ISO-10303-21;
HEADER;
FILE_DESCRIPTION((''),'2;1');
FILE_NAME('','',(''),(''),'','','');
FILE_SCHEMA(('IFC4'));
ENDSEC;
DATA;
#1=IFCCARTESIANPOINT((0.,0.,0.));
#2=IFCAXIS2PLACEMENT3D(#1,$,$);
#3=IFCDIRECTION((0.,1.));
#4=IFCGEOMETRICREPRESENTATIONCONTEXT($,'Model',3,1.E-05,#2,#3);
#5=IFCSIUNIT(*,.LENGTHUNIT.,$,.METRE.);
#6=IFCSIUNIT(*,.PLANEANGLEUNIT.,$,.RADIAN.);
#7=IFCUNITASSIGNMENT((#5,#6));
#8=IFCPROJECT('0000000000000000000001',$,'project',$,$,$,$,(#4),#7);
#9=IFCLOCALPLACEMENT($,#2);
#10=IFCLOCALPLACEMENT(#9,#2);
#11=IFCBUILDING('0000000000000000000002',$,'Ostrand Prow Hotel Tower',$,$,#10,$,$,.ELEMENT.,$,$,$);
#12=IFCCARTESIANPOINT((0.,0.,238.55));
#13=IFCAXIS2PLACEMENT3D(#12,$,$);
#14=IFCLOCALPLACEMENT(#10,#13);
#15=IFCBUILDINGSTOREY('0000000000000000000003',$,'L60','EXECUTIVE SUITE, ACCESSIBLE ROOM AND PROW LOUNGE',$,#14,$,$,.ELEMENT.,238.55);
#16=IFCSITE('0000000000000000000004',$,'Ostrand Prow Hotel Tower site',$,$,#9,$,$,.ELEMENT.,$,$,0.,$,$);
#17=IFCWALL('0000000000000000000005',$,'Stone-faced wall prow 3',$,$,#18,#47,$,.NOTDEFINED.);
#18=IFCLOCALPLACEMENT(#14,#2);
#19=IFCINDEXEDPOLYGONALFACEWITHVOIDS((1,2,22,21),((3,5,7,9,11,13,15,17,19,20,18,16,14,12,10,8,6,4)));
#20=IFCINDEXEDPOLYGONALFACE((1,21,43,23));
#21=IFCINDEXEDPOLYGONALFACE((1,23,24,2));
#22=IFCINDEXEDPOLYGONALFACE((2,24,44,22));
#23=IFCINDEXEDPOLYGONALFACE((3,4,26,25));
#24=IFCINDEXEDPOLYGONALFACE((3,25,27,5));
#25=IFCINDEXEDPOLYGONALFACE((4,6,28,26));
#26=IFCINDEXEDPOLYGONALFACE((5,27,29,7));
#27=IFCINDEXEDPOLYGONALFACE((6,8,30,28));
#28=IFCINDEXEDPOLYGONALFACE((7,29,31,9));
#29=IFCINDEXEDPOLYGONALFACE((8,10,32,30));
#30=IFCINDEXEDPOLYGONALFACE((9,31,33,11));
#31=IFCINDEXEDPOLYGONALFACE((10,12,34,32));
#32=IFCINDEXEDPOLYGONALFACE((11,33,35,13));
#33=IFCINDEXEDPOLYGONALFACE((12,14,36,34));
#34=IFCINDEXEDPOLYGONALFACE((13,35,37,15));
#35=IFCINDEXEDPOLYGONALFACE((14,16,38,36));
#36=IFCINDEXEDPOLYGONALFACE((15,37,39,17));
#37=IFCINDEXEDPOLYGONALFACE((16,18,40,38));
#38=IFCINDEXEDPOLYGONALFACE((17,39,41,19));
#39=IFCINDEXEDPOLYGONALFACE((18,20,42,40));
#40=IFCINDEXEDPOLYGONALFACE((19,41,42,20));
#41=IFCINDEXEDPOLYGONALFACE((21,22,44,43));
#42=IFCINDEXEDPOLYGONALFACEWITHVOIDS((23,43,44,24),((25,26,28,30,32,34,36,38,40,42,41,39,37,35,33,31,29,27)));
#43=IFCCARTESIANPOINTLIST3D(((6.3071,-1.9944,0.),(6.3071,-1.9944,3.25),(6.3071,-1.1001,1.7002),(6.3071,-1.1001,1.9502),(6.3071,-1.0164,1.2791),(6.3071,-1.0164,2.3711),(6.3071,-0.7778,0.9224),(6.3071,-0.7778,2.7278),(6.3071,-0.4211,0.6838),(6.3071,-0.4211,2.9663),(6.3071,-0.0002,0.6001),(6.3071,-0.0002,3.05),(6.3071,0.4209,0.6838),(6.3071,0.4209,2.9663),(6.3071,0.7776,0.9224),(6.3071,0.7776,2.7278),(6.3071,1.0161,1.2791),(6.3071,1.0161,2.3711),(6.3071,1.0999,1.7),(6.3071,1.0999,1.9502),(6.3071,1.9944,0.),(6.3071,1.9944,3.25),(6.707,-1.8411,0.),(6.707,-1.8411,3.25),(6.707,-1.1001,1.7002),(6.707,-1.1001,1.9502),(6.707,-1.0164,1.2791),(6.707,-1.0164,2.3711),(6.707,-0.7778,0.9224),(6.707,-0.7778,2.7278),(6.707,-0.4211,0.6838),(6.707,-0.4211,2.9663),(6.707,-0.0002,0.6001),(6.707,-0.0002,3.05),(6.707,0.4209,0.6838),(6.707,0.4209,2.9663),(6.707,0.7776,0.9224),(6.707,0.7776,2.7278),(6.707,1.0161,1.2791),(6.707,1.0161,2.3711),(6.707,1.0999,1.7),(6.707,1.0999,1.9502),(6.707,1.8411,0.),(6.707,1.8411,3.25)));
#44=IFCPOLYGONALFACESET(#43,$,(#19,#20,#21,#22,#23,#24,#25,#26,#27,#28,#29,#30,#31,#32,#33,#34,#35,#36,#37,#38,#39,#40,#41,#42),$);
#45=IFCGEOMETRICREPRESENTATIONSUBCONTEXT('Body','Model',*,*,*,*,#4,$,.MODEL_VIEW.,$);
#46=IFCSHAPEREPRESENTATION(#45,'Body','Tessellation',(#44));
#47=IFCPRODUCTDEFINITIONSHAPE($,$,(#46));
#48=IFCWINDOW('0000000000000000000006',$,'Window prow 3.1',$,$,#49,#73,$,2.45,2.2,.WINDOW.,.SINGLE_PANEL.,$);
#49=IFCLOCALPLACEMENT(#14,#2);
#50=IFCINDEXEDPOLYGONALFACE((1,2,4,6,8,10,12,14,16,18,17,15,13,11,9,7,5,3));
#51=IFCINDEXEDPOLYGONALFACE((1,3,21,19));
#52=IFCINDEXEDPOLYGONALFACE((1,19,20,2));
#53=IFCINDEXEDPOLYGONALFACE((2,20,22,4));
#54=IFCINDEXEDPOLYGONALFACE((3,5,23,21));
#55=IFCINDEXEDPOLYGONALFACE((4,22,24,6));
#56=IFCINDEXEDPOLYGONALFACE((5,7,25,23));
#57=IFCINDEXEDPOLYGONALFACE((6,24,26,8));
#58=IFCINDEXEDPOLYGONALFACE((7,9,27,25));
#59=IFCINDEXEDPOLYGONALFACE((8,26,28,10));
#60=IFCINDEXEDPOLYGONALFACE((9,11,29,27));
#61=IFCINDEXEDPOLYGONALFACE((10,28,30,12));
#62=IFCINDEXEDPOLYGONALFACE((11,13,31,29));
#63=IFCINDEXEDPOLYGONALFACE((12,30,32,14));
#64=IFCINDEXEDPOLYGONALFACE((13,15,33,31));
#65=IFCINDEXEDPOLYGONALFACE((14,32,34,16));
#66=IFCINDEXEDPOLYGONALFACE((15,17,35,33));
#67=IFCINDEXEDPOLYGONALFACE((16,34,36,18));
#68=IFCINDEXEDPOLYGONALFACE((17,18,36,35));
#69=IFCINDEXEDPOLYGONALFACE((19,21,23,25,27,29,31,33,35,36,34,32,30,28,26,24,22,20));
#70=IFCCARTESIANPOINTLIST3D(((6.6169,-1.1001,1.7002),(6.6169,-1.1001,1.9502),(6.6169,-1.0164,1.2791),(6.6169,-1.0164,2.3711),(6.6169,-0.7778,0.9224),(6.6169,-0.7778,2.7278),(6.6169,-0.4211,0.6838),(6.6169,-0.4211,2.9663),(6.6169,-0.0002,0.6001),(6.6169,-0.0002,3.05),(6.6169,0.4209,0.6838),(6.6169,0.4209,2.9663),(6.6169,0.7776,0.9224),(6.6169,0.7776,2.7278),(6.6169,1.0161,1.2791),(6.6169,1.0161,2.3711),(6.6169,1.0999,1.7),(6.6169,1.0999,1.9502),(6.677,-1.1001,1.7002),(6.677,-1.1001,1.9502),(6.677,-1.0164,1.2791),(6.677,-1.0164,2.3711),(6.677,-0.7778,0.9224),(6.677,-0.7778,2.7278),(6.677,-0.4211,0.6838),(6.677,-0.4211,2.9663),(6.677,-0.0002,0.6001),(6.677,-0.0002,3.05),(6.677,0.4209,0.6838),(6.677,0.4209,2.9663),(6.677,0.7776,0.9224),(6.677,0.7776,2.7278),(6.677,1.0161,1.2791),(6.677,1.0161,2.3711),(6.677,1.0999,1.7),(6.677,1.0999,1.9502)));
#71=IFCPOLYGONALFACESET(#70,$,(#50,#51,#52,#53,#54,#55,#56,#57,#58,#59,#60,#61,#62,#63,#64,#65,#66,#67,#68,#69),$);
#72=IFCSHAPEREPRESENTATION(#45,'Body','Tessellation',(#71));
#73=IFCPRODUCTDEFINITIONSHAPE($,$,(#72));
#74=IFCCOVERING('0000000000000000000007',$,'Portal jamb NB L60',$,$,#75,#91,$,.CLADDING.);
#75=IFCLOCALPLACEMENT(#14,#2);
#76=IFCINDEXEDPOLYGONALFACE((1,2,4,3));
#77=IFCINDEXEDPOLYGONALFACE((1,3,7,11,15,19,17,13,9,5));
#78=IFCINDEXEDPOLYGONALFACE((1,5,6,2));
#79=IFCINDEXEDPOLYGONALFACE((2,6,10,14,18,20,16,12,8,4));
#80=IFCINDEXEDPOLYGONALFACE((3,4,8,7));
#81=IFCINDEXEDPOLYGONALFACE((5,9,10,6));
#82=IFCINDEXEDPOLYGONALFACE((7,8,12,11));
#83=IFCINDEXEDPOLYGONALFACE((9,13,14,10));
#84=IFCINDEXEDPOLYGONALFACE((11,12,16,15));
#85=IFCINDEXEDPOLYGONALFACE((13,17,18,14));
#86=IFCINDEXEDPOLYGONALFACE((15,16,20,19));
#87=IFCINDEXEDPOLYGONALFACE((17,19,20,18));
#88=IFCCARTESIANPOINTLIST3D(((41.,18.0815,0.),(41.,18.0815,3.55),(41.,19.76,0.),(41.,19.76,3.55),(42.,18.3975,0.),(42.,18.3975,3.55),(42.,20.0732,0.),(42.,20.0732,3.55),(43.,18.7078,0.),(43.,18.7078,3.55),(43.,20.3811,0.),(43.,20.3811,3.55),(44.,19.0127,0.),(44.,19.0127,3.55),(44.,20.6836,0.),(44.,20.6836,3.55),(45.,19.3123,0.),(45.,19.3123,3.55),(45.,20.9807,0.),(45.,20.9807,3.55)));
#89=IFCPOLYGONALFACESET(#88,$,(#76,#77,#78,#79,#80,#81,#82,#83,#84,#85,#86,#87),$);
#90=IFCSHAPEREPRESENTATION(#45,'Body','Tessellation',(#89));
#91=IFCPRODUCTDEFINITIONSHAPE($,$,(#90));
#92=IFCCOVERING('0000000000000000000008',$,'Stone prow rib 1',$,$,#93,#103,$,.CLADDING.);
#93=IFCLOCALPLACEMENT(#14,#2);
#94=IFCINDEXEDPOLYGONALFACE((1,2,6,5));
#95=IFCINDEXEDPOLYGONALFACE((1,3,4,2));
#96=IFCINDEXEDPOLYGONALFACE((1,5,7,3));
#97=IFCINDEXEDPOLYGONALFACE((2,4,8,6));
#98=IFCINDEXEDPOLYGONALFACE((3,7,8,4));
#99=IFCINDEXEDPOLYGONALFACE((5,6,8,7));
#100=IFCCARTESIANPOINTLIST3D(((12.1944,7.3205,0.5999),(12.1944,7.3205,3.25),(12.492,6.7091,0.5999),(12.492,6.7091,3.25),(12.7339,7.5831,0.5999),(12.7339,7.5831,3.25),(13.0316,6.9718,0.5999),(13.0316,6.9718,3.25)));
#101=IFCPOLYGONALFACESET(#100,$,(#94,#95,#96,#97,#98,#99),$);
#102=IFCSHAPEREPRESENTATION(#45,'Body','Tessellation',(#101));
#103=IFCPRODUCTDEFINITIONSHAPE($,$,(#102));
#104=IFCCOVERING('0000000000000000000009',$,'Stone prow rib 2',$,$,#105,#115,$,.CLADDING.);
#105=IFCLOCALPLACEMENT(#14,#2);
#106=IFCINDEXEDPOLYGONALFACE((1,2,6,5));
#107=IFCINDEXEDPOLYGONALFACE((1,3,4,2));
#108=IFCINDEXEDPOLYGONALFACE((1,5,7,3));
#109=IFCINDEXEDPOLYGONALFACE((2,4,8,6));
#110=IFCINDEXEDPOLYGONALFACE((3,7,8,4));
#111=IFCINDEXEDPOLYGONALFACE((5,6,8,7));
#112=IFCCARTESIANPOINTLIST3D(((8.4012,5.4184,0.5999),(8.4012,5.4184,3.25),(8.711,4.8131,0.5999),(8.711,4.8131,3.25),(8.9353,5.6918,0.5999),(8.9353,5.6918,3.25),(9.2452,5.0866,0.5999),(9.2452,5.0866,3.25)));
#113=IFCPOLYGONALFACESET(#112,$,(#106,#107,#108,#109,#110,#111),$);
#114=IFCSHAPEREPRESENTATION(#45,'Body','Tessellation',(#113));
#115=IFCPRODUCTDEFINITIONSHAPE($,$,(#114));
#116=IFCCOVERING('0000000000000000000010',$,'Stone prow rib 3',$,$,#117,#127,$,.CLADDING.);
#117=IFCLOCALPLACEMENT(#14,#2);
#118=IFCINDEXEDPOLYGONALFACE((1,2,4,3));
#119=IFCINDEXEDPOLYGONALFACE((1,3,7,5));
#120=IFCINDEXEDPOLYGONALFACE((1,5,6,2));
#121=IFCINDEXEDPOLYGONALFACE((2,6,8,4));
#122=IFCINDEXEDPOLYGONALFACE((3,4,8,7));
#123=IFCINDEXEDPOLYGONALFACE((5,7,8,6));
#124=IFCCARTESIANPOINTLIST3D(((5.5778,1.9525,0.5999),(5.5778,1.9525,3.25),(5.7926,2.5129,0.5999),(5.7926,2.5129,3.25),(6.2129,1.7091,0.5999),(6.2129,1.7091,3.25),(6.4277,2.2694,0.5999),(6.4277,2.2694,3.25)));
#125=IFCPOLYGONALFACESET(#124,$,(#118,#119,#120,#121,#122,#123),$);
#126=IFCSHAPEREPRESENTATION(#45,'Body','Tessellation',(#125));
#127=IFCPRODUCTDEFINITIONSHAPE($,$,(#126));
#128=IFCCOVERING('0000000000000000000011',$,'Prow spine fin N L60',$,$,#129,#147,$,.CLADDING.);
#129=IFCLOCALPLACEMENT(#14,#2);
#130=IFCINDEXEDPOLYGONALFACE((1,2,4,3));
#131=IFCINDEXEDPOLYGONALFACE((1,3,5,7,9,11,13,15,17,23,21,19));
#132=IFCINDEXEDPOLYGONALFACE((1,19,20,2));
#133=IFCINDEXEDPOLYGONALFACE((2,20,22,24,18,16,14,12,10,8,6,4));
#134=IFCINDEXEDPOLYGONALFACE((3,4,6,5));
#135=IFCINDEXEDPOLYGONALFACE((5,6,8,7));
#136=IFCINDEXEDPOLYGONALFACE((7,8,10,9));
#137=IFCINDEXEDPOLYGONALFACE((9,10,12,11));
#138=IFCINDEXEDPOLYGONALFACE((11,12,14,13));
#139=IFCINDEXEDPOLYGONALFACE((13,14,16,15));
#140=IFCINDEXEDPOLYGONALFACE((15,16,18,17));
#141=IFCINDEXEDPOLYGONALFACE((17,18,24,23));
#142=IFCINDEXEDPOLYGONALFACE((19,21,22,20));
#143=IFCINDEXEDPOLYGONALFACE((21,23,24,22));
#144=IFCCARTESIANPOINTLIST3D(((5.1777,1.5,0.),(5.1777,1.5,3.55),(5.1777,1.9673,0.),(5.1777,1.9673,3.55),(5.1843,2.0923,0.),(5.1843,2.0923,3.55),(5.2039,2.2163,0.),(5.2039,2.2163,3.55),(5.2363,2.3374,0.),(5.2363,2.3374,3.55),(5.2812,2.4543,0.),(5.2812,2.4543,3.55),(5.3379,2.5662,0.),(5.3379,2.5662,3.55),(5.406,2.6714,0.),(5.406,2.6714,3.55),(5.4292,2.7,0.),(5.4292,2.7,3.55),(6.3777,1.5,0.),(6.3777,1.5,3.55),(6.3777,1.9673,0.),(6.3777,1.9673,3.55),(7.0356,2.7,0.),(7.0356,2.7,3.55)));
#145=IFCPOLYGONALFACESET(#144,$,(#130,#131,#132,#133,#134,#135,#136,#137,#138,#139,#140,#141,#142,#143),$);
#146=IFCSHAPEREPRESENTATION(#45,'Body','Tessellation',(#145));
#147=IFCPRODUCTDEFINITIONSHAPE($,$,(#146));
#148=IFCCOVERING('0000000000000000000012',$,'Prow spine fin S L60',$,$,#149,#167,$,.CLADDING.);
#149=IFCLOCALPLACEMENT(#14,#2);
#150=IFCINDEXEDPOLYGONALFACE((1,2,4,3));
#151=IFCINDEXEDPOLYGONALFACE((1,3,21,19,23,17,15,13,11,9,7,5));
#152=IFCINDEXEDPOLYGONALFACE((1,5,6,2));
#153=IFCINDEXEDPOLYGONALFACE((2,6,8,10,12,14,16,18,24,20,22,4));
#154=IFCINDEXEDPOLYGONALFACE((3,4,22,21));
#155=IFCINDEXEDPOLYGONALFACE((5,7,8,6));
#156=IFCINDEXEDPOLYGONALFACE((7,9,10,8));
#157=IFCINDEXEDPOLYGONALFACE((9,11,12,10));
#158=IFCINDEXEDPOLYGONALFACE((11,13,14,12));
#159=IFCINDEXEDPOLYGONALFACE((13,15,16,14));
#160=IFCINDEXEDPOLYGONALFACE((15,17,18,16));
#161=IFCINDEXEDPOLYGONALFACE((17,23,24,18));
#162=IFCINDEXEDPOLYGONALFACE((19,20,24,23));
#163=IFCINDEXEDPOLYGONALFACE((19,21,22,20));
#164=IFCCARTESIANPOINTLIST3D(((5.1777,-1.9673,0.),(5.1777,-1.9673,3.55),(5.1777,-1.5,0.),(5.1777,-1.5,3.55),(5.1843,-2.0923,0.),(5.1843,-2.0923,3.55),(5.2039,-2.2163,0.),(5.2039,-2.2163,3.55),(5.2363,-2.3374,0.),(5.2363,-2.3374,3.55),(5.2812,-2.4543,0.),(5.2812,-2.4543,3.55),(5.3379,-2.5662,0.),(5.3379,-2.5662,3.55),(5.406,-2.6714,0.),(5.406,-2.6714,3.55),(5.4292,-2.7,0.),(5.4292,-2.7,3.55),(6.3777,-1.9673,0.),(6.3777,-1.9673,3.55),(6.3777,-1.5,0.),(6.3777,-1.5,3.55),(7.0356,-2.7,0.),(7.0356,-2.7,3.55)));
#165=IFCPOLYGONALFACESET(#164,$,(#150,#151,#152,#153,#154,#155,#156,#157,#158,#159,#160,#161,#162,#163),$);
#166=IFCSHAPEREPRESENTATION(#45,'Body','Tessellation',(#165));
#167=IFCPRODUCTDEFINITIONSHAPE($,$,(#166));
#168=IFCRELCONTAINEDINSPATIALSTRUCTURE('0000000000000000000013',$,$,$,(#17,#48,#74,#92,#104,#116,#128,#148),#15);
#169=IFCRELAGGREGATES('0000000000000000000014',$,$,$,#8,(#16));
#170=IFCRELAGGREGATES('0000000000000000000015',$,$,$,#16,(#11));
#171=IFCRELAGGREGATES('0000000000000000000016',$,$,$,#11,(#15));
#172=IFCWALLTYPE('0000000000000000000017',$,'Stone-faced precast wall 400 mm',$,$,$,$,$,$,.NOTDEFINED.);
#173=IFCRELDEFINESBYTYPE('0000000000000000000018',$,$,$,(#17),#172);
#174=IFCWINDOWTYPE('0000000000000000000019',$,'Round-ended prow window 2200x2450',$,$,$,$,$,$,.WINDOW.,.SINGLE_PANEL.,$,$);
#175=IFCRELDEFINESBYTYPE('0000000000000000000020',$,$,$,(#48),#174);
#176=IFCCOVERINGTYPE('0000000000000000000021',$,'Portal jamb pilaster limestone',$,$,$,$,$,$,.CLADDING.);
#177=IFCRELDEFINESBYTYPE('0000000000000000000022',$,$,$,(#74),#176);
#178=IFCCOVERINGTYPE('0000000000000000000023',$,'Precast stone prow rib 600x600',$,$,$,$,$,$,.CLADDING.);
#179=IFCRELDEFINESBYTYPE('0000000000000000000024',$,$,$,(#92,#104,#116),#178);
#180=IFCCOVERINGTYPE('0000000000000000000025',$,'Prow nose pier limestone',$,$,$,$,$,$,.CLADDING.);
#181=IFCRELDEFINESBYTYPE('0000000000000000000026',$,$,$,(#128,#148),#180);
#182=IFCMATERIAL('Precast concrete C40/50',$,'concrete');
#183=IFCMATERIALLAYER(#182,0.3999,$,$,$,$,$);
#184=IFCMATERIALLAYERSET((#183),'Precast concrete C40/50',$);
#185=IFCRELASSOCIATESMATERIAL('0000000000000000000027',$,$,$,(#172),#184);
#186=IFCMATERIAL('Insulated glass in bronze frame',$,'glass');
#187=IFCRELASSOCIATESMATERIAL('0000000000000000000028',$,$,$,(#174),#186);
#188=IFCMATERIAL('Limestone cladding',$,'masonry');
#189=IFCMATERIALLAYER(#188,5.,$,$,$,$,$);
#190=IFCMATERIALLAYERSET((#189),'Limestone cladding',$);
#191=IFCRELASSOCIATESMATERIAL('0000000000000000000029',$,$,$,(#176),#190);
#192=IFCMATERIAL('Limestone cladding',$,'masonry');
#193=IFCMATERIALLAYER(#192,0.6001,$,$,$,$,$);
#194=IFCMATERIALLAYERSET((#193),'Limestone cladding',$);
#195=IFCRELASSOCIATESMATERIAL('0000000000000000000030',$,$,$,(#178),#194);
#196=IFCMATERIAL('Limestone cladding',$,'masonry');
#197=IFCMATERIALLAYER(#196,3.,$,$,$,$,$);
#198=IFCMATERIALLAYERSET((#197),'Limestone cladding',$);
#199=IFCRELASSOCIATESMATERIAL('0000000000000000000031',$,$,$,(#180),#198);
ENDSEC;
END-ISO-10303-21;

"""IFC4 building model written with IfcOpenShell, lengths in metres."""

from ifc_helpers import new_model, si_unit, direction, frame, frame_2d, origin, place, context, subcontext, project, spatial, polyline, rectangle, outline, extrude, material, layer, layer_set, type_object, element, fill, save


model = new_model("IFC4")

# Units and contexts
model_context = context("Model", 3, precision=1e-05, world=origin(), true_north=direction((0.0, 1.0)))
body_context = subcontext(model_context, "Body", "Model", "MODEL_VIEW")
ifc_project = project(units=[si_unit("LENGTHUNIT", "METRE"), si_unit("PLANEANGLEUNIT", "RADIAN")], contexts=[model_context])

# Site, building, storey
site_placement = place(None, origin())
site = spatial("IfcSite", under=ifc_project, at=site_placement, Name="Ostrand Prow Hotel Tower site", CompositionType="ELEMENT", RefElevation=0.0)
building_placement = place(site_placement, origin())
building = spatial("IfcBuilding", under=site, at=building_placement, Name="Ostrand Prow Hotel Tower", CompositionType="ELEMENT")
storey_placement = place(building_placement, frame((0.0, 0.0, 238.55)))
storey = spatial("IfcBuildingStorey", under=building, at=storey_placement, Name="L60", Description="EXECUTIVE SUITE, ACCESSIBLE ROOM AND PROW LOUNGE", CompositionType="ELEMENT", Elevation=238.55)

# Wall, opening, window
ifc_material_1 = material(Name="Precast concrete C40/50", Category="concrete")
ifc_layer_1 = layer(ifc_material_1, 0.3999)
ifc_layer_set_1 = layer_set([ifc_layer_1], Name="Precast concrete C40/50")
wall_type_1 = type_object("IfcWallType", Name="Stone-faced precast wall 400 mm", PredefinedType="NOTDEFINED", material=ifc_layer_set_1)
ifc_material_2 = material(Name="Insulated glass in bronze frame", Category="glass")
window_type = type_object("IfcWindowType", Name="Round-ended prow window 2200x2450", PartitioningType="SINGLE_PANEL", PredefinedType="WINDOW", material=ifc_material_2)
wall_1_placement = place(storey_placement, frame((6.5071, 1.9177, 0.0), z_axis=(0.0, 0.0, 1.0), x_axis=(0.0, -1.0, 0.0)))
wall_1 = element("IfcWall", 1, at=wall_1_placement, inside=storey, type_object=wall_type_1, Name="Stone-faced wall prow 3", PredefinedType="NOTDEFINED", context=body_context, shape_type="SweptSolid", body=[
    extrude(outline(polyline([(-0.0767, -0.2), (3.9121, -0.2), (3.7588, 0.2), (0.0767, 0.2), (-0.0767, -0.2)])), origin(), (0.0, 0.0, 1.0), 3.25),
])
opening_1_placement = place(wall_1_placement, frame((0.8179, 0.0, 0.6001)))
opening_1 = element("IfcOpeningElement", 2, at=opening_1_placement, cuts=wall_1, PredefinedType="OPENING", context=body_context, shape_type="SweptSolid", body=[
    extrude(outline(polyline([(0.0, 1.3501), (0.0837, 1.771), (0.3223, 2.1277), (0.679, 2.3662), (1.1001, 2.45), (1.521, 2.3662), (1.8777, 2.1277), (2.1162, 1.771), (2.2, 1.3501), (2.2, 1.1001), (2.1162, 0.679), (1.8777, 0.3223), (1.521, 0.0837), (1.1001, 0.0), (0.679, 0.0837), (0.3223, 0.3223), (0.0837, 0.679), (0.0, 1.0999), (0.0, 1.3501)])), frame((0.0, 0.21, 0.0), z_axis=(0.0, -1.0, 0.0), x_axis=(1.0, 0.0, 0.0)), (0.0, 0.0, 1.0), 0.4199),
])
window_1_placement = place(opening_1_placement, origin())
window_1 = element("IfcWindow", 3, at=window_1_placement, inside=storey, type_object=window_type, Name="Window prow 3.1", OverallHeight=2.45, OverallWidth=2.2, PartitioningType="SINGLE_PANEL", PredefinedType="WINDOW", context=body_context, shape_type="SweptSolid", body=[
    extrude(outline(polyline([(0.0, 1.3501), (0.0837, 1.771), (0.3223, 2.1277), (0.679, 2.3662), (1.1001, 2.45), (1.521, 2.3662), (1.8777, 2.1277), (2.1162, 1.771), (2.2, 1.3501), (2.2, 1.1001), (2.1162, 0.679), (1.8777, 0.3223), (1.521, 0.0837), (1.1001, 0.0), (0.679, 0.0837), (0.3223, 0.3223), (0.0837, 0.679), (0.0, 1.0999), (0.0, 1.3501)])), frame((0.0, 0.1699, 0.0), z_axis=(0.0, -1.0, 0.0), x_axis=(1.0, 0.0, 0.0)), (0.0, 0.0, 1.0), 0.0601),
])
fill(opening_1, window_1)

# Coverings
ifc_material_3 = material(Name="Limestone cladding", Category="masonry")
ifc_layer_2 = layer(ifc_material_3, 5.0)
ifc_layer_set_2 = layer_set([ifc_layer_2], Name="Limestone cladding")
covering_type_1 = type_object("IfcCoveringType", Name="Portal jamb pilaster limestone", PredefinedType="CLADDING", material=ifc_layer_set_2)
covering_1_placement = place(storey_placement, origin())
element("IfcCovering", 4, at=covering_1_placement, inside=storey, type_object=covering_type_1, Name="Portal jamb NB L60", PredefinedType="CLADDING", context=body_context, shape_type="SweptSolid", body=[
    extrude(outline(polyline([(41.0, 18.0815), (42.0, 18.3975), (43.0, 18.7078), (44.0, 19.0127), (45.0, 19.3123), (45.0, 20.9807), (44.0, 20.6836), (43.0, 20.3811), (42.0, 20.0732), (41.0, 19.76), (41.0, 18.0815)])), origin(), (0.0, 0.0, 1.0), 3.55),
])
ifc_material_4 = material(Name="Limestone cladding", Category="masonry")
ifc_layer_3 = layer(ifc_material_4, 0.6001)
ifc_layer_set_3 = layer_set([ifc_layer_3], Name="Limestone cladding")
covering_type_2 = type_object("IfcCoveringType", Name="Precast stone prow rib 600x600", PredefinedType="CLADDING", material=ifc_layer_set_3)
for number, where, z_axis, x_axis, name in (
    (5, (12.7617, 6.8406, 0.5999), (0.0, 0.0, 1.0), (-0.437709, 0.899117, 0.0), "Stone prow rib 1"),
    (6, (8.978, 4.95, 0.5999), (0.0, 0.0, 1.0), (-0.455668, 0.89015, 0.0), "Stone prow rib 2"),
):
    element("IfcCovering", number, at=place(storey_placement, frame(where, z_axis=z_axis, x_axis=x_axis)), inside=storey, type_object=covering_type_2, Name=name, PredefinedType="CLADDING", context=body_context, shape_type="SweptSolid", body=[
        extrude(rectangle(XDim=0.6799, YDim=0.6001, at=frame_2d((0.3398, 0.0))), origin(), (0.0, 0.0, 1.0), 2.6501),
    ])
covering_2_placement = place(storey_placement, frame((6.3203, 1.9893, 0.5999), z_axis=(0.0, 0.0, 1.0), x_axis=(-0.933752, 0.35792, 0.0)))
element("IfcCovering", 7, at=covering_2_placement, inside=storey, type_object=covering_type_2, Name="Stone prow rib 3", PredefinedType="CLADDING", context=body_context, shape_type="SweptSolid", body=[
    extrude(rectangle(XDim=0.6802, YDim=0.6001, at=frame_2d((0.3401, 0.0))), origin(), (0.0, 0.0, 1.0), 2.6501),
])
ifc_material_5 = material(Name="Limestone cladding", Category="masonry")
ifc_layer_4 = layer(ifc_material_5, 3.0)
ifc_layer_set_4 = layer_set([ifc_layer_4], Name="Limestone cladding")
covering_type_3 = type_object("IfcCoveringType", Name="Prow nose pier limestone", PredefinedType="CLADDING", material=ifc_layer_set_4)
covering_3_placement = place(storey_placement, origin())
element("IfcCovering", 8, at=covering_3_placement, inside=storey, type_object=covering_type_3, Name="Prow spine fin N L60", PredefinedType="CLADDING", context=body_context, shape_type="SweptSolid", body=[
    extrude(outline(polyline([(5.1777, 1.9673), (5.1777, 1.5), (6.3777, 1.5), (6.3777, 1.9673), (7.0356, 2.7), (5.4292, 2.7), (5.406, 2.6714), (5.3379, 2.5662), (5.2812, 2.4543), (5.2363, 2.3374), (5.2039, 2.2163), (5.1843, 2.0923), (5.1777, 1.9673)])), origin(), (0.0, 0.0, 1.0), 3.55),
])
covering_4_placement = place(storey_placement, origin())
element("IfcCovering", 9, at=covering_4_placement, inside=storey, type_object=covering_type_3, Name="Prow spine fin S L60", PredefinedType="CLADDING", context=body_context, shape_type="SweptSolid", body=[
    extrude(outline(polyline([(5.406, -2.6714), (5.4292, -2.7), (7.0356, -2.7), (6.3777, -1.9673), (6.3777, -1.5), (5.1777, -1.5), (5.1777, -1.9673), (5.1843, -2.0923), (5.2039, -2.2163), (5.2363, -2.3374), (5.2812, -2.4543), (5.3379, -2.5662), (5.406, -2.6714)])), origin(), (0.0, 0.0, 1.0), 3.55),
])

save(model, "model.ifc")
